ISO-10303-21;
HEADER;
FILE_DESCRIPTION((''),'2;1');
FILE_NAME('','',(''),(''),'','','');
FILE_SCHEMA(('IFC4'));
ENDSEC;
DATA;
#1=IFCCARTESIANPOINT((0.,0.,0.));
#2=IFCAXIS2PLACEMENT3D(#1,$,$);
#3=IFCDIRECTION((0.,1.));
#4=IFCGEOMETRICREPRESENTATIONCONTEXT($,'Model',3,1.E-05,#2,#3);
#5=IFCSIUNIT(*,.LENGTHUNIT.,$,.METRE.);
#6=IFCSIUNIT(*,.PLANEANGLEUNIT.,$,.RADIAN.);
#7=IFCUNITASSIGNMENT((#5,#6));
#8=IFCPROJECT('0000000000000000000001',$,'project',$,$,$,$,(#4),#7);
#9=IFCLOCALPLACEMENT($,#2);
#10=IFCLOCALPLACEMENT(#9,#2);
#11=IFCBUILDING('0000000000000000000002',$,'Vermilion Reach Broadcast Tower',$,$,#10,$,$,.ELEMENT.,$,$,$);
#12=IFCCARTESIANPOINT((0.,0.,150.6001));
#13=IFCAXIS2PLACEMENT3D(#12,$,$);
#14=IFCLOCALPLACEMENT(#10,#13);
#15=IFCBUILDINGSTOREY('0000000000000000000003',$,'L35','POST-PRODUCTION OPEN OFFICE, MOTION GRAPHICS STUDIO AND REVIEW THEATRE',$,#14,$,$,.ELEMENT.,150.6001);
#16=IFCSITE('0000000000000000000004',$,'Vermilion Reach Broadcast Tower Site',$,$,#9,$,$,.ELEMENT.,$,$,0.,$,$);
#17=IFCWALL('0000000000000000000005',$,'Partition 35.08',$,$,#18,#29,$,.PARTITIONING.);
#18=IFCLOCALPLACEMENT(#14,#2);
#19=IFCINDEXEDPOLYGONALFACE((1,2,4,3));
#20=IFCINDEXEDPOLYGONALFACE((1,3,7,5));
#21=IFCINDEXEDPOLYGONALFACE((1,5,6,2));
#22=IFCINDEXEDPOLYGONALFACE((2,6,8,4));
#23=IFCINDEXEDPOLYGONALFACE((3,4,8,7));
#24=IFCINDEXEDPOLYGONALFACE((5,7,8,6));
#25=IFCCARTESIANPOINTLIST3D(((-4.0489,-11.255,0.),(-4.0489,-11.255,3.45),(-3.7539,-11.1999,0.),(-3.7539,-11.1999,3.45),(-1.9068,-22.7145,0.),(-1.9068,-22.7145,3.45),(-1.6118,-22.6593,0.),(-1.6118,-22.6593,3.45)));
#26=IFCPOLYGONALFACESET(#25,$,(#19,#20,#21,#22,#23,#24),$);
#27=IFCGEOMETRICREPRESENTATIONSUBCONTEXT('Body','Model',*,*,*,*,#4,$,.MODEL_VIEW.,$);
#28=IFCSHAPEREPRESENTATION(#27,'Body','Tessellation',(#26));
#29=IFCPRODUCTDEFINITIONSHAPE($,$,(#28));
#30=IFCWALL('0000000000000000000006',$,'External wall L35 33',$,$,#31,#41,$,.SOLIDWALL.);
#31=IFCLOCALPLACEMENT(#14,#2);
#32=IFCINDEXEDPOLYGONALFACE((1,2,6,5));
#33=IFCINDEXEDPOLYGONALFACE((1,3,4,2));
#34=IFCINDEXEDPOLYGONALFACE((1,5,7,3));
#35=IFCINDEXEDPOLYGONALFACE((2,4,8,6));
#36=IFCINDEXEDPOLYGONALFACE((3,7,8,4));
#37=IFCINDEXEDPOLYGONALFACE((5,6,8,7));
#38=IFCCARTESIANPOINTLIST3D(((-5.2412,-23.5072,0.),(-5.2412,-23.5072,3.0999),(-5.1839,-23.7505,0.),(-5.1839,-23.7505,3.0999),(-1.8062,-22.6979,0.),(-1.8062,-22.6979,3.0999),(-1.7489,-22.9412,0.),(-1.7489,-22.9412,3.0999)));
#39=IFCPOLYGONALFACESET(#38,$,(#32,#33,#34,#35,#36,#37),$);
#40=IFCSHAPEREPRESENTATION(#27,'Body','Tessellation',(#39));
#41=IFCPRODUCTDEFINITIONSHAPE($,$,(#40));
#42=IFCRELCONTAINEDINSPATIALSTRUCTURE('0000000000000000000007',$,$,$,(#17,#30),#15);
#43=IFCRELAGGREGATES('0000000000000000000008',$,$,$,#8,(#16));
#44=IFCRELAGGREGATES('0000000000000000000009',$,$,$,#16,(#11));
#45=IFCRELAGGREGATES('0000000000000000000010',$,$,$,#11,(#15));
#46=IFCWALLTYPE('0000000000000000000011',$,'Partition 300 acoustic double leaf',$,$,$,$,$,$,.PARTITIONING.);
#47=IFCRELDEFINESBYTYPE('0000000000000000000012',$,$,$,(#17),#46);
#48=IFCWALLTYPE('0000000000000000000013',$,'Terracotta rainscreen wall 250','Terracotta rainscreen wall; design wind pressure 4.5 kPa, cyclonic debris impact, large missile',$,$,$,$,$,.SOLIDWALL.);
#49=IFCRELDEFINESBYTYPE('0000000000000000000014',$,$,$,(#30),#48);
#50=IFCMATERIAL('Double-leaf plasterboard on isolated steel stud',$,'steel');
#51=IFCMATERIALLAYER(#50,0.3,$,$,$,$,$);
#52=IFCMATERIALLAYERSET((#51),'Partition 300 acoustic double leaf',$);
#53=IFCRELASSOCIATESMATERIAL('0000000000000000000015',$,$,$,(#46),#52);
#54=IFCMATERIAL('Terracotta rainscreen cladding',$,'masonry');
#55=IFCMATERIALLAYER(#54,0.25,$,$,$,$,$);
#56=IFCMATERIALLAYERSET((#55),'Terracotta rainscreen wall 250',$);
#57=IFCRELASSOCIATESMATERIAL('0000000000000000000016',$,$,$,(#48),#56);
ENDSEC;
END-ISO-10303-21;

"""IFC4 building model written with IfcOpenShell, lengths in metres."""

from ifc_helpers import new_model, si_unit, direction, frame, frame_2d, origin, place, context, subcontext, project, spatial, rectangle, extrude, material, layer, layer_set, type_object, element, save


model = new_model("IFC4")

# Units and contexts
model_context = context("Model", 3, precision=1e-05, world=origin(), true_north=direction((0.0, 1.0)))
body_context = subcontext(model_context, "Body", "Model", "MODEL_VIEW")
ifc_project = project(units=[si_unit("LENGTHUNIT", "METRE"), si_unit("PLANEANGLEUNIT", "RADIAN")], contexts=[model_context])

# Site, building, storey
site_placement = place(None, origin())
site = spatial("IfcSite", under=ifc_project, at=site_placement, Name="Vermilion Reach Broadcast Tower Site", CompositionType="ELEMENT", RefElevation=0.0)
building_placement = place(site_placement, origin())
building = spatial("IfcBuilding", under=site, at=building_placement, Name="Vermilion Reach Broadcast Tower", CompositionType="ELEMENT")
storey_placement = place(building_placement, frame((0.0, 0.0, 150.6001)))
storey = spatial("IfcBuildingStorey", under=building, at=storey_placement, Name="L35", Description="POST-PRODUCTION OPEN OFFICE, MOTION GRAPHICS STUDIO AND REVIEW THEATRE", CompositionType="ELEMENT", Elevation=150.6001)

# Walls
ifc_material_1 = material(Name="Double-leaf plasterboard on isolated steel stud", Category="steel")
ifc_layer_1 = layer(ifc_material_1, 0.3)
ifc_layer_set_1 = layer_set([ifc_layer_1], Name="Partition 300 acoustic double leaf")
wall_type_1 = type_object("IfcWallType", Name="Partition 300 acoustic double leaf", PredefinedType="PARTITIONING", material=ifc_layer_set_1)
wall_1_placement = place(storey_placement, frame((-1.7593, -22.687, 0.0), z_axis=(0.0, 0.0, 1.0), x_axis=(-0.183745, 0.982974, 0.0)))
element("IfcWall", 1, at=wall_1_placement, inside=storey, type_object=wall_type_1, Name="Partition 35.08", PredefinedType="PARTITIONING", context=body_context, shape_type="SweptSolid", body=[
    extrude(rectangle(XDim=11.658, YDim=0.3, at=frame_2d((5.8291, 0.0))), origin(), (0.0, 0.0, 1.0), 3.45),
])
ifc_material_2 = material(Name="Terracotta rainscreen cladding", Category="masonry")
ifc_layer_2 = layer(ifc_material_2, 0.25)
ifc_layer_set_2 = layer_set([ifc_layer_2], Name="Terracotta rainscreen wall 250")
wall_type_2 = type_object("IfcWallType", Name="Terracotta rainscreen wall 250", Description="Terracotta rainscreen wall; design wind pressure 4.5 kPa, cyclonic debris impact, large missile", PredefinedType="SOLIDWALL", material=ifc_layer_set_2)
wall_2_placement = place(storey_placement, frame((-5.2126, -23.6289, 0.0), z_axis=(0.0, 0.0, 1.0), x_axis=(0.973349, 0.229329, 0.0)))
element("IfcWall", 2, at=wall_2_placement, inside=storey, type_object=wall_type_2, Name="External wall L35 33", PredefinedType="SOLIDWALL", context=body_context, shape_type="SweptSolid", body=[
    extrude(rectangle(XDim=3.5291, YDim=0.25, at=frame_2d((1.7646, 0.0))), origin(), (0.0, 0.0, 1.0), 3.0999),
])

save(model, "model.ifc")
